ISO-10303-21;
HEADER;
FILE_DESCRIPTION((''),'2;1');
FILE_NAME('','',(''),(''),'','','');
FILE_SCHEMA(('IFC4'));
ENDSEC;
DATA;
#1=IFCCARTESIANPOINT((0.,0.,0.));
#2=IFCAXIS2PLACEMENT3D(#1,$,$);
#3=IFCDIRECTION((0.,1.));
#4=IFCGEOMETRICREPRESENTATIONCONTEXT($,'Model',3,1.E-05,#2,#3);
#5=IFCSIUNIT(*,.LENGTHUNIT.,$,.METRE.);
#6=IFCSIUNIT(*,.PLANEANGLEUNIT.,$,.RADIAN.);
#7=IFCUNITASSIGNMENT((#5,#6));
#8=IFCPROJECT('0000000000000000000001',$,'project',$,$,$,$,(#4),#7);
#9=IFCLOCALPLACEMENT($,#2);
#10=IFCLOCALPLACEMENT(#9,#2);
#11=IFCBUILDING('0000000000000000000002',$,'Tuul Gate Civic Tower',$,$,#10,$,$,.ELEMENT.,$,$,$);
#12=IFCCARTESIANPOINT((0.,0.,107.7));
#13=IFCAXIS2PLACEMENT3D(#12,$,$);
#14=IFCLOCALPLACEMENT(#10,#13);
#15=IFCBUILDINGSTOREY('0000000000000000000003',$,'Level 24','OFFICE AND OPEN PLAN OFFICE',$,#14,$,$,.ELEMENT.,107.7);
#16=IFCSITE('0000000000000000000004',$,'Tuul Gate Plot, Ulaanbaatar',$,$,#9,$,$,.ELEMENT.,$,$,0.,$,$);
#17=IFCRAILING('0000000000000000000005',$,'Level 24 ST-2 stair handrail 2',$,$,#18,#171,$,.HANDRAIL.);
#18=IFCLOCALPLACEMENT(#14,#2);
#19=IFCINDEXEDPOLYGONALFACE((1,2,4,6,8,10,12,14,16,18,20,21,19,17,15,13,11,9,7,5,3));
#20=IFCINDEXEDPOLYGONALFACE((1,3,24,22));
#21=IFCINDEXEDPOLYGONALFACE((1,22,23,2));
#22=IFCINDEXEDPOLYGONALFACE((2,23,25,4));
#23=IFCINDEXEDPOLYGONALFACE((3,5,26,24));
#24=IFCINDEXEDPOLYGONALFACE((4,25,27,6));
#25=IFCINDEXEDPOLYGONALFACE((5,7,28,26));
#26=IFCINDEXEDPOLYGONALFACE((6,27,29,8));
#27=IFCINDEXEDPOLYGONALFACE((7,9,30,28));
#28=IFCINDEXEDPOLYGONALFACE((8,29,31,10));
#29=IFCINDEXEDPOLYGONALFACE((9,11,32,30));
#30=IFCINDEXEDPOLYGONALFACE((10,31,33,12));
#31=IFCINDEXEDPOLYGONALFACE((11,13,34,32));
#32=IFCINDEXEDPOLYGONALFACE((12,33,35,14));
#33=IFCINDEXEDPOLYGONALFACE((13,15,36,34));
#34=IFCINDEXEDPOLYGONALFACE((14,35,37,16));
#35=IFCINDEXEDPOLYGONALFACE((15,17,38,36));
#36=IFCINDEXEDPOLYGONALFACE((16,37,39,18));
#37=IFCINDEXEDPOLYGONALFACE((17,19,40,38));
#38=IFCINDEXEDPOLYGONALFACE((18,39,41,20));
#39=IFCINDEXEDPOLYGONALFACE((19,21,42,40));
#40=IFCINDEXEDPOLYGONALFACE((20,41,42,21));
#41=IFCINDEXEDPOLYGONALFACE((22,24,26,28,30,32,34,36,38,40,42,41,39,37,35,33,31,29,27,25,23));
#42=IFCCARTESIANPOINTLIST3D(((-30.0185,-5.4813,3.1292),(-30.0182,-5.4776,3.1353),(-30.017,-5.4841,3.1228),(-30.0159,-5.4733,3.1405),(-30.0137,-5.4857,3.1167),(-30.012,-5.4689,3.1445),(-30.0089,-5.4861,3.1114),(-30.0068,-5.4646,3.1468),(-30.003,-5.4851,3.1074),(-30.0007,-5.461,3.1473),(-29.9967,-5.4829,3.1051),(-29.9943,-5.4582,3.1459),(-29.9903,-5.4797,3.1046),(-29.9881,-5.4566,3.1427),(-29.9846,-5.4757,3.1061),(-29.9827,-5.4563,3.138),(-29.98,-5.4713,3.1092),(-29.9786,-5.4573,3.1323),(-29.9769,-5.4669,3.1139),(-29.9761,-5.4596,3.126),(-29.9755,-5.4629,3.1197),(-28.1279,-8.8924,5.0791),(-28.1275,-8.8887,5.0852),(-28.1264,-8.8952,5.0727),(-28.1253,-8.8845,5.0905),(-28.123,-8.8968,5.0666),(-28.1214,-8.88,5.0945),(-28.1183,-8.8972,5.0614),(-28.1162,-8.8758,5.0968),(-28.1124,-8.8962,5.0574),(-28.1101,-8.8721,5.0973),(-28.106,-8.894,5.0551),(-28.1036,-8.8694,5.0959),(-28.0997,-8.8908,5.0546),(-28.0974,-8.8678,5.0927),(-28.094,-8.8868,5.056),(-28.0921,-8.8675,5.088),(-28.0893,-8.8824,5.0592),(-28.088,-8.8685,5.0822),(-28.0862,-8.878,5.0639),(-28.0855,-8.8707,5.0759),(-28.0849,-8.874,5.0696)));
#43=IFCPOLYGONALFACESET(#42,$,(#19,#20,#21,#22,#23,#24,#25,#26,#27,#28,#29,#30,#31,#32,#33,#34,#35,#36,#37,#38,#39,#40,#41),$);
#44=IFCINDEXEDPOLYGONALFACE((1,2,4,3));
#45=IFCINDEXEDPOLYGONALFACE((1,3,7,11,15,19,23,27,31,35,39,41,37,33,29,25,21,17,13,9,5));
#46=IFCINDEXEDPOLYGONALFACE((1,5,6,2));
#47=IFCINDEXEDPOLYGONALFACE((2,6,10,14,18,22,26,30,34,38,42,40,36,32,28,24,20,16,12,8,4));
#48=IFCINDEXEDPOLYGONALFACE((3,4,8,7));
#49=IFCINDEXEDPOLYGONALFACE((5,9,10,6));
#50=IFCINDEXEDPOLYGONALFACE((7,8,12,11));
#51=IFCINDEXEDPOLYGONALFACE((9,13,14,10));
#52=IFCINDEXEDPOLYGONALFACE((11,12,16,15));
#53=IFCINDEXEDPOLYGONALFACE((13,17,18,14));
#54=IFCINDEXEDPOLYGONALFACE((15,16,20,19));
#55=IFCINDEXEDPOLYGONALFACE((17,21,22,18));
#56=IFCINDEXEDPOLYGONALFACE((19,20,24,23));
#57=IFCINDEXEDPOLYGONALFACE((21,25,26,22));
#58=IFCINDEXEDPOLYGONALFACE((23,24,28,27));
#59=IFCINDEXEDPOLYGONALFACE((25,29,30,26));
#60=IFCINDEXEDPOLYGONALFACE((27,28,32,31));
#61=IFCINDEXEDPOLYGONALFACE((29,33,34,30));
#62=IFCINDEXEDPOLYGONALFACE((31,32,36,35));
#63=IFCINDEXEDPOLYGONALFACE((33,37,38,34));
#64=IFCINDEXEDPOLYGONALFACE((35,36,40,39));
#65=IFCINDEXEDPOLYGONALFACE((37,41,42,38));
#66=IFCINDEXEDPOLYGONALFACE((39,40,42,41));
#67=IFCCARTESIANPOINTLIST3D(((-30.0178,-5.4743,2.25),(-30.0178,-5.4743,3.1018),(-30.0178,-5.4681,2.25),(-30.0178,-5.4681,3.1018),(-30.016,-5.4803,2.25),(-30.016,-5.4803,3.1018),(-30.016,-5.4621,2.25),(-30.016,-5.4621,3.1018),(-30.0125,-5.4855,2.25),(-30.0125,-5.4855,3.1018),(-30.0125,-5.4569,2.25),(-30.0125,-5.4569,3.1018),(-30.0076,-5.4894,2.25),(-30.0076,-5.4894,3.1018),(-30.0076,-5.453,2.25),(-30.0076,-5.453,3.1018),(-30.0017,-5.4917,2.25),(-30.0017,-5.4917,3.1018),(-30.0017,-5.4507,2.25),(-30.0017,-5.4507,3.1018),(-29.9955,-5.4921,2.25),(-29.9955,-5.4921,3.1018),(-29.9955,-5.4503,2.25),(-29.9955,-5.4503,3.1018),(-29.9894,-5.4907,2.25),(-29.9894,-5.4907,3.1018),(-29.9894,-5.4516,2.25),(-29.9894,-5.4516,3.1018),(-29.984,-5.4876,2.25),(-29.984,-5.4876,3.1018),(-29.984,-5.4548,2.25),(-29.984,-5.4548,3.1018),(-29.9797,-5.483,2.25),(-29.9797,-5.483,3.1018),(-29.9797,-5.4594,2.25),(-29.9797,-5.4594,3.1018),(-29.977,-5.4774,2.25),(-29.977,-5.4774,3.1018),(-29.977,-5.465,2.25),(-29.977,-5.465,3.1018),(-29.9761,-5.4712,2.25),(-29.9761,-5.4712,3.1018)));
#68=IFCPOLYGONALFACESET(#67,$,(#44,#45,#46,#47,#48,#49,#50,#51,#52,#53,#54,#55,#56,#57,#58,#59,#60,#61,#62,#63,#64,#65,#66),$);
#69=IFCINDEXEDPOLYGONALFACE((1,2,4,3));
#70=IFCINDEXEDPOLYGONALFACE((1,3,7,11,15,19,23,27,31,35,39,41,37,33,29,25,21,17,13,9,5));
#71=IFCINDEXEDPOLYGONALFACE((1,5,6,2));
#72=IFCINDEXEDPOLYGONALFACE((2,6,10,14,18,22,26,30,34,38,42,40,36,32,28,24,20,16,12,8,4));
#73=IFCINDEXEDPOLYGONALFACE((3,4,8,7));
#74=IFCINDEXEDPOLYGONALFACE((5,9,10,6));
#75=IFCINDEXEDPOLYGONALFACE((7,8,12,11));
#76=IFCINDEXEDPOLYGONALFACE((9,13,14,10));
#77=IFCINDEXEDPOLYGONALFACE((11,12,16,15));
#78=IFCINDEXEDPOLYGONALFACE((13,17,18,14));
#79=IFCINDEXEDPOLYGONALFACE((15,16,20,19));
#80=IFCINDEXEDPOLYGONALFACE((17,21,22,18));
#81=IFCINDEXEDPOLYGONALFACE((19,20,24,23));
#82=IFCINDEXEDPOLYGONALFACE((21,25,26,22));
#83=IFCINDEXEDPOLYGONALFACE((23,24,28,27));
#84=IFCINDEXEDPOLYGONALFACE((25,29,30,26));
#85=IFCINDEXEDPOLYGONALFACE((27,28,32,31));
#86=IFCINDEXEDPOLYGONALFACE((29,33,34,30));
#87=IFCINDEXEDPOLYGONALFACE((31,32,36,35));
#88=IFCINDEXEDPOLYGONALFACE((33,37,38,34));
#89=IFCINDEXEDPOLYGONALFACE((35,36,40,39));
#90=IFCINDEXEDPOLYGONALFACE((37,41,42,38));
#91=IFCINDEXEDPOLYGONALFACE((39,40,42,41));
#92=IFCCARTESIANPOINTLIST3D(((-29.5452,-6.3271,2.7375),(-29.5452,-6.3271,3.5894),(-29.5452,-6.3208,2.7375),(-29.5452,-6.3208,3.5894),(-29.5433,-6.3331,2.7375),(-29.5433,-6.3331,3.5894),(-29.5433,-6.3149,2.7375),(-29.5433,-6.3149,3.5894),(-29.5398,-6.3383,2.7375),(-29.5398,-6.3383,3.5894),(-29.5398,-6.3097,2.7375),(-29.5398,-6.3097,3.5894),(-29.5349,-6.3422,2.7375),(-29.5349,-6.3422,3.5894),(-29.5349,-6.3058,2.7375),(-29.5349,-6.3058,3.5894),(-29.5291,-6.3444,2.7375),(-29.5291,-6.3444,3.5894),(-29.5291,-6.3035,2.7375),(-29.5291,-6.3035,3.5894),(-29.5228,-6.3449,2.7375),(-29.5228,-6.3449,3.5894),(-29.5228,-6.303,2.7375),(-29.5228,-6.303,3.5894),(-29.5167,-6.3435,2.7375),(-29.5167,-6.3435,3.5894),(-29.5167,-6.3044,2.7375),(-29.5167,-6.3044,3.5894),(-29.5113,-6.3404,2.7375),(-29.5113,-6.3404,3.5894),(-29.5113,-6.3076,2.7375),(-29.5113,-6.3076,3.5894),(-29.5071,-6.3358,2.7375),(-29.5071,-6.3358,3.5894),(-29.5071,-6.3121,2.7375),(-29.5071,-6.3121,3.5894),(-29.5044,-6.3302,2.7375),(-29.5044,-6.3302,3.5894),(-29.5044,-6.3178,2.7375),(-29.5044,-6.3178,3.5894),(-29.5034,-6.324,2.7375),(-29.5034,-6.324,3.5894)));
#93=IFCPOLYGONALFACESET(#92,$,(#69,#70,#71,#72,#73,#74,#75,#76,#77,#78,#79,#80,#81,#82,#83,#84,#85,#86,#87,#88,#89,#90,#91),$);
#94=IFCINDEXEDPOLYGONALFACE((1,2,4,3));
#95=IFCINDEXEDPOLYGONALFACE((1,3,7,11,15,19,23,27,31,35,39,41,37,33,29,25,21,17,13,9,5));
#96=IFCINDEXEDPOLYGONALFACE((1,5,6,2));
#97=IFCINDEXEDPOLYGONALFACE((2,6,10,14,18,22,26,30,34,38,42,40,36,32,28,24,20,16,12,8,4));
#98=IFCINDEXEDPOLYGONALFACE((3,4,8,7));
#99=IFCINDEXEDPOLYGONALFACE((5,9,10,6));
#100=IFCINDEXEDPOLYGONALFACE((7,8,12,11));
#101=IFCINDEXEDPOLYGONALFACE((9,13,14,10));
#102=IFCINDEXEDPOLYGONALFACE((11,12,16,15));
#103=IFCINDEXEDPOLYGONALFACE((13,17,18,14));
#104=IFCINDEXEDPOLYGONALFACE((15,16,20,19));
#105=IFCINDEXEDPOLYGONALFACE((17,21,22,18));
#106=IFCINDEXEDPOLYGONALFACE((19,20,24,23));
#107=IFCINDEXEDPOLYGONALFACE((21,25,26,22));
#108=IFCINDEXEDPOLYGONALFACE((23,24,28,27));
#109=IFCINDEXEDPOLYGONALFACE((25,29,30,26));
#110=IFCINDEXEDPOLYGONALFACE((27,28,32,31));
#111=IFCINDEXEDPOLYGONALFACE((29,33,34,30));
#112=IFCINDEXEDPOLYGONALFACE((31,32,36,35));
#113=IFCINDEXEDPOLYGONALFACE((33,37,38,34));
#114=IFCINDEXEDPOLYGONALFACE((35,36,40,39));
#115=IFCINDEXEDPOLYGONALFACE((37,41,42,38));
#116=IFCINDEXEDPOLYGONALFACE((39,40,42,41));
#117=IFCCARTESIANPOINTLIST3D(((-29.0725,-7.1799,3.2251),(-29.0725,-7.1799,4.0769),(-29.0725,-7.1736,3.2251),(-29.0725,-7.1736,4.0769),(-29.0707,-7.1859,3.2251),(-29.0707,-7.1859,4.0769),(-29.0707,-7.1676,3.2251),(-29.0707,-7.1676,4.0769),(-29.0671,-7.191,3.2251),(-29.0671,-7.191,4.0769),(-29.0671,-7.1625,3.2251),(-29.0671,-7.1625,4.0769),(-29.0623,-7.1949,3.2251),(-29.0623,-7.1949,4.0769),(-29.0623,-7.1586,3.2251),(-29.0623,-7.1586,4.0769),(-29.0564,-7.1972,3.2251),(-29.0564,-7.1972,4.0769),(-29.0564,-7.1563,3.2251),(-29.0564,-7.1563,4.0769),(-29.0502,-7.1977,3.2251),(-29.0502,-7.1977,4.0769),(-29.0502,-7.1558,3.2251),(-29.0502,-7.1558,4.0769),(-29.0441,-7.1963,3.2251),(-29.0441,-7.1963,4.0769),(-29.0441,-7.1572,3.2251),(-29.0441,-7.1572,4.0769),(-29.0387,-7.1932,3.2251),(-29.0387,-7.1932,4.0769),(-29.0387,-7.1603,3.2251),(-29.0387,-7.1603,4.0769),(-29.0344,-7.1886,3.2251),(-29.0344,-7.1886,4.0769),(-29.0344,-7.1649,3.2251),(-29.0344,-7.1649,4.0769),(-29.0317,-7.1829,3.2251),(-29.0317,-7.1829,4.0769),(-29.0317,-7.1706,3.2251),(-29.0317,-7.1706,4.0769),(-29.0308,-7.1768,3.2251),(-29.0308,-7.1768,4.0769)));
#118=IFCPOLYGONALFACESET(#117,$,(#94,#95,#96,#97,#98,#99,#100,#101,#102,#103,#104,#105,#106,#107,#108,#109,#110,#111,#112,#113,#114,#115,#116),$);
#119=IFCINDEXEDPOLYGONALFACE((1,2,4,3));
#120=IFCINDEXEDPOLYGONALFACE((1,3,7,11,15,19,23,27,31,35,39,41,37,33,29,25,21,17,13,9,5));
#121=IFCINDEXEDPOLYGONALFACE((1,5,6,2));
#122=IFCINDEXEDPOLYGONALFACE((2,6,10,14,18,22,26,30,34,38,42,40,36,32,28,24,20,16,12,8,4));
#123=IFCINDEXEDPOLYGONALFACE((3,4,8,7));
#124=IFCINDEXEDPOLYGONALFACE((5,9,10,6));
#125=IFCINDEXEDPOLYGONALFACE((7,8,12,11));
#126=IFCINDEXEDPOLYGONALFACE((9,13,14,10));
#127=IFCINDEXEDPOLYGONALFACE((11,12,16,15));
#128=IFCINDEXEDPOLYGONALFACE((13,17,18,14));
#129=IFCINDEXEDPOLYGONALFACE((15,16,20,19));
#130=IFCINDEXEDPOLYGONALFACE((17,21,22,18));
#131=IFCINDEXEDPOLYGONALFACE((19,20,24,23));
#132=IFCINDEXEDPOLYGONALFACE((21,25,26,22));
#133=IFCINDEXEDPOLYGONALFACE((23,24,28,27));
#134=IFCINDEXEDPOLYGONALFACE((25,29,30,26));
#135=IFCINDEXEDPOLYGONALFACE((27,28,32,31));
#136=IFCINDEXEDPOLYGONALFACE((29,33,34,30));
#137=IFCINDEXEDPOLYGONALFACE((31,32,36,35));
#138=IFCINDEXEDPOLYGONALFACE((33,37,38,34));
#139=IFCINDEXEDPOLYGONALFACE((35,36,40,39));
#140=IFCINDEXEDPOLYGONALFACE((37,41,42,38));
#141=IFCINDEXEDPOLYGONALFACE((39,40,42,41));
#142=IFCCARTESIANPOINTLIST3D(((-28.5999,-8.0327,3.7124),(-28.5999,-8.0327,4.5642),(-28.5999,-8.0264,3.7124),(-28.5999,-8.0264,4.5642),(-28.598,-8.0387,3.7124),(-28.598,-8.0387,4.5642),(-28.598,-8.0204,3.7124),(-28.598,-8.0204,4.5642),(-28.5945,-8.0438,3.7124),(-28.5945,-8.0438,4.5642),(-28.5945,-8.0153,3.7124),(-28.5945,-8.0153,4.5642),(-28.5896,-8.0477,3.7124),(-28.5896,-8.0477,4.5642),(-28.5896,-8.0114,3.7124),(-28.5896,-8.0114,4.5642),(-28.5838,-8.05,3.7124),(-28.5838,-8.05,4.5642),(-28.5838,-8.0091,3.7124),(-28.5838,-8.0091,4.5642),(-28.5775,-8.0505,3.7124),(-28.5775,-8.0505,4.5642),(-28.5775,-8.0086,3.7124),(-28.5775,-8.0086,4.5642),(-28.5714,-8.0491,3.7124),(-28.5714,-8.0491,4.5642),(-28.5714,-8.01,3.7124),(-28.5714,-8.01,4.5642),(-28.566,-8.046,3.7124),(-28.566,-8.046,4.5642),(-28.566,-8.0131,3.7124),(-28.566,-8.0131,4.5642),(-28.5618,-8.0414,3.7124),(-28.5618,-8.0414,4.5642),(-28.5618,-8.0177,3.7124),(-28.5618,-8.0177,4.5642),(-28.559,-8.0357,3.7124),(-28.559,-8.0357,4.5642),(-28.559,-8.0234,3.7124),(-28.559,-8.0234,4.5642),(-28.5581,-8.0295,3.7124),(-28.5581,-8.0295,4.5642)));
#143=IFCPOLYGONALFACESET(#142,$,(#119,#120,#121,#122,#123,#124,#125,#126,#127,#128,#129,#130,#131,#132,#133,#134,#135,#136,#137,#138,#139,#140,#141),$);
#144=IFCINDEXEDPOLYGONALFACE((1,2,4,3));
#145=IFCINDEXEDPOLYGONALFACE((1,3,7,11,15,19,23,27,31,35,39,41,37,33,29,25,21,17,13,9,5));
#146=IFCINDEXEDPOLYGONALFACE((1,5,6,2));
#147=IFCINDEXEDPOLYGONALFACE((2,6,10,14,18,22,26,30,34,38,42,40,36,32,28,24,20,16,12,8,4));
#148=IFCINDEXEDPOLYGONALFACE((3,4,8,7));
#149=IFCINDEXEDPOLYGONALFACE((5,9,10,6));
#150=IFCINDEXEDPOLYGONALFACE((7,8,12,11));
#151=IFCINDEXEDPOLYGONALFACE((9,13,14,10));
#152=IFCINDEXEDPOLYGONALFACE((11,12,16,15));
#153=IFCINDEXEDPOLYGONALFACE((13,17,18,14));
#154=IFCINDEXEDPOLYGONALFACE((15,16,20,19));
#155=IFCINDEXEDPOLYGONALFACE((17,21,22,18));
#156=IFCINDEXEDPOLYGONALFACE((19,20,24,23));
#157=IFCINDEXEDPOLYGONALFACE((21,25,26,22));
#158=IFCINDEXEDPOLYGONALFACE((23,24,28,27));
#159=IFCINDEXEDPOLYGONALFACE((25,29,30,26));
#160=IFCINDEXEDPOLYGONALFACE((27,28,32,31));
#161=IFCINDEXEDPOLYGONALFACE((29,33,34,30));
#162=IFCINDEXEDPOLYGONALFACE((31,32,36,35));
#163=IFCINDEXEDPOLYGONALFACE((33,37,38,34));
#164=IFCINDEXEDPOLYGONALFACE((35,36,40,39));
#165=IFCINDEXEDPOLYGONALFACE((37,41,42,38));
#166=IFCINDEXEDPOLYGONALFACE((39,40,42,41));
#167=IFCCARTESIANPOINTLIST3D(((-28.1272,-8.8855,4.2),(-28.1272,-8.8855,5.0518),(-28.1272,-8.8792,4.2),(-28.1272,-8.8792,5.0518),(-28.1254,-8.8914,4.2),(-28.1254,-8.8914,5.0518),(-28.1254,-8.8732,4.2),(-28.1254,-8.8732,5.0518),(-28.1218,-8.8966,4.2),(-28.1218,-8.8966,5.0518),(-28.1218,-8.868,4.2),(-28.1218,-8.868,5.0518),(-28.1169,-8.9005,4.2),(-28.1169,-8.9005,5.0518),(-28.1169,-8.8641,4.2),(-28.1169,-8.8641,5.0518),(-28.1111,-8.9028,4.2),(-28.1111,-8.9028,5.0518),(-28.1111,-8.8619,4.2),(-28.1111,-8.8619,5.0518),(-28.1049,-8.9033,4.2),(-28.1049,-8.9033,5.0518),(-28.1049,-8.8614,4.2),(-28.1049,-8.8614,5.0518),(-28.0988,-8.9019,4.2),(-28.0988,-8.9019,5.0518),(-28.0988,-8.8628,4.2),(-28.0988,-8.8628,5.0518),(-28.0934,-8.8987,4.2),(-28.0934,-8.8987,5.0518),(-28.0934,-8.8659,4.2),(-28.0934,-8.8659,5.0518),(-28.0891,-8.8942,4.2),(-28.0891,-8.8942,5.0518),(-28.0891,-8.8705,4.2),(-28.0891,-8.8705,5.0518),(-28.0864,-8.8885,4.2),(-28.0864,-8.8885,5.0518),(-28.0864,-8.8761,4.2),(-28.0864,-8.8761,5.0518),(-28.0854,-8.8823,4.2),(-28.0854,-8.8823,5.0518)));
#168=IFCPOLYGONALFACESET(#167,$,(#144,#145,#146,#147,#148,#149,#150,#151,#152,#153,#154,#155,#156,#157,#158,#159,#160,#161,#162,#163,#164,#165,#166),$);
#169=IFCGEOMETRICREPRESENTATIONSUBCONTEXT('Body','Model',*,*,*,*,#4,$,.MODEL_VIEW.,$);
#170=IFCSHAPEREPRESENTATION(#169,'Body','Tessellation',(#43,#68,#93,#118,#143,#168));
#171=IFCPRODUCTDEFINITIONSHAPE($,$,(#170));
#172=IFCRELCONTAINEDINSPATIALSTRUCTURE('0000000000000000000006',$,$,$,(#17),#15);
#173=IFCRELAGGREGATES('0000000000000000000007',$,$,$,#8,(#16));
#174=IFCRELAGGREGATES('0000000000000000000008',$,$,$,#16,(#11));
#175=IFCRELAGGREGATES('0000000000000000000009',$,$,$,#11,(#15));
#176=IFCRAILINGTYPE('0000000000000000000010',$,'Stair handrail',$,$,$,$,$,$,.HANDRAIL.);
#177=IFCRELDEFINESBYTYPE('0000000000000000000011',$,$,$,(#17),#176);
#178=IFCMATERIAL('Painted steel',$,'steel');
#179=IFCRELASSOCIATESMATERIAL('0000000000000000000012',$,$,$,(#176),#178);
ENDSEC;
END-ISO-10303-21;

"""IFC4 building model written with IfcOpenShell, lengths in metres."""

from ifc_helpers import new_model, si_unit, direction, frame, origin, origin_2d, place, context, subcontext, project, spatial, circle, extrude, material, type_object, element, save


model = new_model("IFC4")

# Units and contexts
model_context = context("Model", 3, precision=1e-05, world=origin(), true_north=direction((0.0, 1.0)))
body_context = subcontext(model_context, "Body", "Model", "MODEL_VIEW")
ifc_project = project(units=[si_unit("LENGTHUNIT", "METRE"), si_unit("PLANEANGLEUNIT", "RADIAN")], contexts=[model_context])

# Site, building, storey
site_placement = place(None, origin())
site = spatial("IfcSite", under=ifc_project, at=site_placement, Name="Tuul Gate Plot, Ulaanbaatar", CompositionType="ELEMENT", RefElevation=0.0)
building_placement = place(site_placement, origin())
building = spatial("IfcBuilding", under=site, at=building_placement, Name="Tuul Gate Civic Tower", CompositionType="ELEMENT")
storey_placement = place(building_placement, frame((0.0, 0.0, 107.7)))
storey = spatial("IfcBuildingStorey", under=building, at=storey_placement, Name="Level 24", Description="OFFICE AND OPEN PLAN OFFICE", CompositionType="ELEMENT", Elevation=107.7)

# Railing
ifc_material_1 = material(Name="Painted steel", Category="steel")
railing_type = type_object("IfcRailingType", Name="Stair handrail", PredefinedType="HANDRAIL", material=ifc_material_1)
railing_1_placement = place(storey_placement, frame((-29.9971, -5.4712, 2.25)))
element("IfcRailing", 1, at=railing_1_placement, inside=storey, type_object=railing_type, Name="Level 24 ST-2 stair handrail 2", PredefinedType="HANDRAIL", context=body_context, shape_type="SweptSolid", body=[
    extrude(circle(Radius=0.0239, at=origin_2d()), frame((0.0, 0.0, 0.876), z_axis=(0.433595, -0.782308, 0.447201), x_axis=(0.874641, 0.484771, 0.0)), (0.0, 0.0, 1.0), 4.3604),
    extrude(circle(Radius=0.021, at=origin_2d()), origin(), (0.0, 0.0, 1.0), 0.8518),
    extrude(circle(Radius=0.021, at=origin_2d()), frame((0.4727, -0.8528, 0.4875)), (0.0, 0.0, 1.0), 0.8518),
    extrude(circle(Radius=0.021, at=origin_2d()), frame((0.9453, -1.7056, 0.9751)), (0.0, 0.0, 1.0), 0.8518),
    extrude(circle(Radius=0.021, at=origin_2d()), frame((1.418, -2.5583, 1.4624)), (0.0, 0.0, 1.0), 0.8518),
    extrude(circle(Radius=0.021, at=origin_2d()), frame((1.8906, -3.4111, 1.95)), (0.0, 0.0, 1.0), 0.8518),
])

save(model, "model.ifc")
